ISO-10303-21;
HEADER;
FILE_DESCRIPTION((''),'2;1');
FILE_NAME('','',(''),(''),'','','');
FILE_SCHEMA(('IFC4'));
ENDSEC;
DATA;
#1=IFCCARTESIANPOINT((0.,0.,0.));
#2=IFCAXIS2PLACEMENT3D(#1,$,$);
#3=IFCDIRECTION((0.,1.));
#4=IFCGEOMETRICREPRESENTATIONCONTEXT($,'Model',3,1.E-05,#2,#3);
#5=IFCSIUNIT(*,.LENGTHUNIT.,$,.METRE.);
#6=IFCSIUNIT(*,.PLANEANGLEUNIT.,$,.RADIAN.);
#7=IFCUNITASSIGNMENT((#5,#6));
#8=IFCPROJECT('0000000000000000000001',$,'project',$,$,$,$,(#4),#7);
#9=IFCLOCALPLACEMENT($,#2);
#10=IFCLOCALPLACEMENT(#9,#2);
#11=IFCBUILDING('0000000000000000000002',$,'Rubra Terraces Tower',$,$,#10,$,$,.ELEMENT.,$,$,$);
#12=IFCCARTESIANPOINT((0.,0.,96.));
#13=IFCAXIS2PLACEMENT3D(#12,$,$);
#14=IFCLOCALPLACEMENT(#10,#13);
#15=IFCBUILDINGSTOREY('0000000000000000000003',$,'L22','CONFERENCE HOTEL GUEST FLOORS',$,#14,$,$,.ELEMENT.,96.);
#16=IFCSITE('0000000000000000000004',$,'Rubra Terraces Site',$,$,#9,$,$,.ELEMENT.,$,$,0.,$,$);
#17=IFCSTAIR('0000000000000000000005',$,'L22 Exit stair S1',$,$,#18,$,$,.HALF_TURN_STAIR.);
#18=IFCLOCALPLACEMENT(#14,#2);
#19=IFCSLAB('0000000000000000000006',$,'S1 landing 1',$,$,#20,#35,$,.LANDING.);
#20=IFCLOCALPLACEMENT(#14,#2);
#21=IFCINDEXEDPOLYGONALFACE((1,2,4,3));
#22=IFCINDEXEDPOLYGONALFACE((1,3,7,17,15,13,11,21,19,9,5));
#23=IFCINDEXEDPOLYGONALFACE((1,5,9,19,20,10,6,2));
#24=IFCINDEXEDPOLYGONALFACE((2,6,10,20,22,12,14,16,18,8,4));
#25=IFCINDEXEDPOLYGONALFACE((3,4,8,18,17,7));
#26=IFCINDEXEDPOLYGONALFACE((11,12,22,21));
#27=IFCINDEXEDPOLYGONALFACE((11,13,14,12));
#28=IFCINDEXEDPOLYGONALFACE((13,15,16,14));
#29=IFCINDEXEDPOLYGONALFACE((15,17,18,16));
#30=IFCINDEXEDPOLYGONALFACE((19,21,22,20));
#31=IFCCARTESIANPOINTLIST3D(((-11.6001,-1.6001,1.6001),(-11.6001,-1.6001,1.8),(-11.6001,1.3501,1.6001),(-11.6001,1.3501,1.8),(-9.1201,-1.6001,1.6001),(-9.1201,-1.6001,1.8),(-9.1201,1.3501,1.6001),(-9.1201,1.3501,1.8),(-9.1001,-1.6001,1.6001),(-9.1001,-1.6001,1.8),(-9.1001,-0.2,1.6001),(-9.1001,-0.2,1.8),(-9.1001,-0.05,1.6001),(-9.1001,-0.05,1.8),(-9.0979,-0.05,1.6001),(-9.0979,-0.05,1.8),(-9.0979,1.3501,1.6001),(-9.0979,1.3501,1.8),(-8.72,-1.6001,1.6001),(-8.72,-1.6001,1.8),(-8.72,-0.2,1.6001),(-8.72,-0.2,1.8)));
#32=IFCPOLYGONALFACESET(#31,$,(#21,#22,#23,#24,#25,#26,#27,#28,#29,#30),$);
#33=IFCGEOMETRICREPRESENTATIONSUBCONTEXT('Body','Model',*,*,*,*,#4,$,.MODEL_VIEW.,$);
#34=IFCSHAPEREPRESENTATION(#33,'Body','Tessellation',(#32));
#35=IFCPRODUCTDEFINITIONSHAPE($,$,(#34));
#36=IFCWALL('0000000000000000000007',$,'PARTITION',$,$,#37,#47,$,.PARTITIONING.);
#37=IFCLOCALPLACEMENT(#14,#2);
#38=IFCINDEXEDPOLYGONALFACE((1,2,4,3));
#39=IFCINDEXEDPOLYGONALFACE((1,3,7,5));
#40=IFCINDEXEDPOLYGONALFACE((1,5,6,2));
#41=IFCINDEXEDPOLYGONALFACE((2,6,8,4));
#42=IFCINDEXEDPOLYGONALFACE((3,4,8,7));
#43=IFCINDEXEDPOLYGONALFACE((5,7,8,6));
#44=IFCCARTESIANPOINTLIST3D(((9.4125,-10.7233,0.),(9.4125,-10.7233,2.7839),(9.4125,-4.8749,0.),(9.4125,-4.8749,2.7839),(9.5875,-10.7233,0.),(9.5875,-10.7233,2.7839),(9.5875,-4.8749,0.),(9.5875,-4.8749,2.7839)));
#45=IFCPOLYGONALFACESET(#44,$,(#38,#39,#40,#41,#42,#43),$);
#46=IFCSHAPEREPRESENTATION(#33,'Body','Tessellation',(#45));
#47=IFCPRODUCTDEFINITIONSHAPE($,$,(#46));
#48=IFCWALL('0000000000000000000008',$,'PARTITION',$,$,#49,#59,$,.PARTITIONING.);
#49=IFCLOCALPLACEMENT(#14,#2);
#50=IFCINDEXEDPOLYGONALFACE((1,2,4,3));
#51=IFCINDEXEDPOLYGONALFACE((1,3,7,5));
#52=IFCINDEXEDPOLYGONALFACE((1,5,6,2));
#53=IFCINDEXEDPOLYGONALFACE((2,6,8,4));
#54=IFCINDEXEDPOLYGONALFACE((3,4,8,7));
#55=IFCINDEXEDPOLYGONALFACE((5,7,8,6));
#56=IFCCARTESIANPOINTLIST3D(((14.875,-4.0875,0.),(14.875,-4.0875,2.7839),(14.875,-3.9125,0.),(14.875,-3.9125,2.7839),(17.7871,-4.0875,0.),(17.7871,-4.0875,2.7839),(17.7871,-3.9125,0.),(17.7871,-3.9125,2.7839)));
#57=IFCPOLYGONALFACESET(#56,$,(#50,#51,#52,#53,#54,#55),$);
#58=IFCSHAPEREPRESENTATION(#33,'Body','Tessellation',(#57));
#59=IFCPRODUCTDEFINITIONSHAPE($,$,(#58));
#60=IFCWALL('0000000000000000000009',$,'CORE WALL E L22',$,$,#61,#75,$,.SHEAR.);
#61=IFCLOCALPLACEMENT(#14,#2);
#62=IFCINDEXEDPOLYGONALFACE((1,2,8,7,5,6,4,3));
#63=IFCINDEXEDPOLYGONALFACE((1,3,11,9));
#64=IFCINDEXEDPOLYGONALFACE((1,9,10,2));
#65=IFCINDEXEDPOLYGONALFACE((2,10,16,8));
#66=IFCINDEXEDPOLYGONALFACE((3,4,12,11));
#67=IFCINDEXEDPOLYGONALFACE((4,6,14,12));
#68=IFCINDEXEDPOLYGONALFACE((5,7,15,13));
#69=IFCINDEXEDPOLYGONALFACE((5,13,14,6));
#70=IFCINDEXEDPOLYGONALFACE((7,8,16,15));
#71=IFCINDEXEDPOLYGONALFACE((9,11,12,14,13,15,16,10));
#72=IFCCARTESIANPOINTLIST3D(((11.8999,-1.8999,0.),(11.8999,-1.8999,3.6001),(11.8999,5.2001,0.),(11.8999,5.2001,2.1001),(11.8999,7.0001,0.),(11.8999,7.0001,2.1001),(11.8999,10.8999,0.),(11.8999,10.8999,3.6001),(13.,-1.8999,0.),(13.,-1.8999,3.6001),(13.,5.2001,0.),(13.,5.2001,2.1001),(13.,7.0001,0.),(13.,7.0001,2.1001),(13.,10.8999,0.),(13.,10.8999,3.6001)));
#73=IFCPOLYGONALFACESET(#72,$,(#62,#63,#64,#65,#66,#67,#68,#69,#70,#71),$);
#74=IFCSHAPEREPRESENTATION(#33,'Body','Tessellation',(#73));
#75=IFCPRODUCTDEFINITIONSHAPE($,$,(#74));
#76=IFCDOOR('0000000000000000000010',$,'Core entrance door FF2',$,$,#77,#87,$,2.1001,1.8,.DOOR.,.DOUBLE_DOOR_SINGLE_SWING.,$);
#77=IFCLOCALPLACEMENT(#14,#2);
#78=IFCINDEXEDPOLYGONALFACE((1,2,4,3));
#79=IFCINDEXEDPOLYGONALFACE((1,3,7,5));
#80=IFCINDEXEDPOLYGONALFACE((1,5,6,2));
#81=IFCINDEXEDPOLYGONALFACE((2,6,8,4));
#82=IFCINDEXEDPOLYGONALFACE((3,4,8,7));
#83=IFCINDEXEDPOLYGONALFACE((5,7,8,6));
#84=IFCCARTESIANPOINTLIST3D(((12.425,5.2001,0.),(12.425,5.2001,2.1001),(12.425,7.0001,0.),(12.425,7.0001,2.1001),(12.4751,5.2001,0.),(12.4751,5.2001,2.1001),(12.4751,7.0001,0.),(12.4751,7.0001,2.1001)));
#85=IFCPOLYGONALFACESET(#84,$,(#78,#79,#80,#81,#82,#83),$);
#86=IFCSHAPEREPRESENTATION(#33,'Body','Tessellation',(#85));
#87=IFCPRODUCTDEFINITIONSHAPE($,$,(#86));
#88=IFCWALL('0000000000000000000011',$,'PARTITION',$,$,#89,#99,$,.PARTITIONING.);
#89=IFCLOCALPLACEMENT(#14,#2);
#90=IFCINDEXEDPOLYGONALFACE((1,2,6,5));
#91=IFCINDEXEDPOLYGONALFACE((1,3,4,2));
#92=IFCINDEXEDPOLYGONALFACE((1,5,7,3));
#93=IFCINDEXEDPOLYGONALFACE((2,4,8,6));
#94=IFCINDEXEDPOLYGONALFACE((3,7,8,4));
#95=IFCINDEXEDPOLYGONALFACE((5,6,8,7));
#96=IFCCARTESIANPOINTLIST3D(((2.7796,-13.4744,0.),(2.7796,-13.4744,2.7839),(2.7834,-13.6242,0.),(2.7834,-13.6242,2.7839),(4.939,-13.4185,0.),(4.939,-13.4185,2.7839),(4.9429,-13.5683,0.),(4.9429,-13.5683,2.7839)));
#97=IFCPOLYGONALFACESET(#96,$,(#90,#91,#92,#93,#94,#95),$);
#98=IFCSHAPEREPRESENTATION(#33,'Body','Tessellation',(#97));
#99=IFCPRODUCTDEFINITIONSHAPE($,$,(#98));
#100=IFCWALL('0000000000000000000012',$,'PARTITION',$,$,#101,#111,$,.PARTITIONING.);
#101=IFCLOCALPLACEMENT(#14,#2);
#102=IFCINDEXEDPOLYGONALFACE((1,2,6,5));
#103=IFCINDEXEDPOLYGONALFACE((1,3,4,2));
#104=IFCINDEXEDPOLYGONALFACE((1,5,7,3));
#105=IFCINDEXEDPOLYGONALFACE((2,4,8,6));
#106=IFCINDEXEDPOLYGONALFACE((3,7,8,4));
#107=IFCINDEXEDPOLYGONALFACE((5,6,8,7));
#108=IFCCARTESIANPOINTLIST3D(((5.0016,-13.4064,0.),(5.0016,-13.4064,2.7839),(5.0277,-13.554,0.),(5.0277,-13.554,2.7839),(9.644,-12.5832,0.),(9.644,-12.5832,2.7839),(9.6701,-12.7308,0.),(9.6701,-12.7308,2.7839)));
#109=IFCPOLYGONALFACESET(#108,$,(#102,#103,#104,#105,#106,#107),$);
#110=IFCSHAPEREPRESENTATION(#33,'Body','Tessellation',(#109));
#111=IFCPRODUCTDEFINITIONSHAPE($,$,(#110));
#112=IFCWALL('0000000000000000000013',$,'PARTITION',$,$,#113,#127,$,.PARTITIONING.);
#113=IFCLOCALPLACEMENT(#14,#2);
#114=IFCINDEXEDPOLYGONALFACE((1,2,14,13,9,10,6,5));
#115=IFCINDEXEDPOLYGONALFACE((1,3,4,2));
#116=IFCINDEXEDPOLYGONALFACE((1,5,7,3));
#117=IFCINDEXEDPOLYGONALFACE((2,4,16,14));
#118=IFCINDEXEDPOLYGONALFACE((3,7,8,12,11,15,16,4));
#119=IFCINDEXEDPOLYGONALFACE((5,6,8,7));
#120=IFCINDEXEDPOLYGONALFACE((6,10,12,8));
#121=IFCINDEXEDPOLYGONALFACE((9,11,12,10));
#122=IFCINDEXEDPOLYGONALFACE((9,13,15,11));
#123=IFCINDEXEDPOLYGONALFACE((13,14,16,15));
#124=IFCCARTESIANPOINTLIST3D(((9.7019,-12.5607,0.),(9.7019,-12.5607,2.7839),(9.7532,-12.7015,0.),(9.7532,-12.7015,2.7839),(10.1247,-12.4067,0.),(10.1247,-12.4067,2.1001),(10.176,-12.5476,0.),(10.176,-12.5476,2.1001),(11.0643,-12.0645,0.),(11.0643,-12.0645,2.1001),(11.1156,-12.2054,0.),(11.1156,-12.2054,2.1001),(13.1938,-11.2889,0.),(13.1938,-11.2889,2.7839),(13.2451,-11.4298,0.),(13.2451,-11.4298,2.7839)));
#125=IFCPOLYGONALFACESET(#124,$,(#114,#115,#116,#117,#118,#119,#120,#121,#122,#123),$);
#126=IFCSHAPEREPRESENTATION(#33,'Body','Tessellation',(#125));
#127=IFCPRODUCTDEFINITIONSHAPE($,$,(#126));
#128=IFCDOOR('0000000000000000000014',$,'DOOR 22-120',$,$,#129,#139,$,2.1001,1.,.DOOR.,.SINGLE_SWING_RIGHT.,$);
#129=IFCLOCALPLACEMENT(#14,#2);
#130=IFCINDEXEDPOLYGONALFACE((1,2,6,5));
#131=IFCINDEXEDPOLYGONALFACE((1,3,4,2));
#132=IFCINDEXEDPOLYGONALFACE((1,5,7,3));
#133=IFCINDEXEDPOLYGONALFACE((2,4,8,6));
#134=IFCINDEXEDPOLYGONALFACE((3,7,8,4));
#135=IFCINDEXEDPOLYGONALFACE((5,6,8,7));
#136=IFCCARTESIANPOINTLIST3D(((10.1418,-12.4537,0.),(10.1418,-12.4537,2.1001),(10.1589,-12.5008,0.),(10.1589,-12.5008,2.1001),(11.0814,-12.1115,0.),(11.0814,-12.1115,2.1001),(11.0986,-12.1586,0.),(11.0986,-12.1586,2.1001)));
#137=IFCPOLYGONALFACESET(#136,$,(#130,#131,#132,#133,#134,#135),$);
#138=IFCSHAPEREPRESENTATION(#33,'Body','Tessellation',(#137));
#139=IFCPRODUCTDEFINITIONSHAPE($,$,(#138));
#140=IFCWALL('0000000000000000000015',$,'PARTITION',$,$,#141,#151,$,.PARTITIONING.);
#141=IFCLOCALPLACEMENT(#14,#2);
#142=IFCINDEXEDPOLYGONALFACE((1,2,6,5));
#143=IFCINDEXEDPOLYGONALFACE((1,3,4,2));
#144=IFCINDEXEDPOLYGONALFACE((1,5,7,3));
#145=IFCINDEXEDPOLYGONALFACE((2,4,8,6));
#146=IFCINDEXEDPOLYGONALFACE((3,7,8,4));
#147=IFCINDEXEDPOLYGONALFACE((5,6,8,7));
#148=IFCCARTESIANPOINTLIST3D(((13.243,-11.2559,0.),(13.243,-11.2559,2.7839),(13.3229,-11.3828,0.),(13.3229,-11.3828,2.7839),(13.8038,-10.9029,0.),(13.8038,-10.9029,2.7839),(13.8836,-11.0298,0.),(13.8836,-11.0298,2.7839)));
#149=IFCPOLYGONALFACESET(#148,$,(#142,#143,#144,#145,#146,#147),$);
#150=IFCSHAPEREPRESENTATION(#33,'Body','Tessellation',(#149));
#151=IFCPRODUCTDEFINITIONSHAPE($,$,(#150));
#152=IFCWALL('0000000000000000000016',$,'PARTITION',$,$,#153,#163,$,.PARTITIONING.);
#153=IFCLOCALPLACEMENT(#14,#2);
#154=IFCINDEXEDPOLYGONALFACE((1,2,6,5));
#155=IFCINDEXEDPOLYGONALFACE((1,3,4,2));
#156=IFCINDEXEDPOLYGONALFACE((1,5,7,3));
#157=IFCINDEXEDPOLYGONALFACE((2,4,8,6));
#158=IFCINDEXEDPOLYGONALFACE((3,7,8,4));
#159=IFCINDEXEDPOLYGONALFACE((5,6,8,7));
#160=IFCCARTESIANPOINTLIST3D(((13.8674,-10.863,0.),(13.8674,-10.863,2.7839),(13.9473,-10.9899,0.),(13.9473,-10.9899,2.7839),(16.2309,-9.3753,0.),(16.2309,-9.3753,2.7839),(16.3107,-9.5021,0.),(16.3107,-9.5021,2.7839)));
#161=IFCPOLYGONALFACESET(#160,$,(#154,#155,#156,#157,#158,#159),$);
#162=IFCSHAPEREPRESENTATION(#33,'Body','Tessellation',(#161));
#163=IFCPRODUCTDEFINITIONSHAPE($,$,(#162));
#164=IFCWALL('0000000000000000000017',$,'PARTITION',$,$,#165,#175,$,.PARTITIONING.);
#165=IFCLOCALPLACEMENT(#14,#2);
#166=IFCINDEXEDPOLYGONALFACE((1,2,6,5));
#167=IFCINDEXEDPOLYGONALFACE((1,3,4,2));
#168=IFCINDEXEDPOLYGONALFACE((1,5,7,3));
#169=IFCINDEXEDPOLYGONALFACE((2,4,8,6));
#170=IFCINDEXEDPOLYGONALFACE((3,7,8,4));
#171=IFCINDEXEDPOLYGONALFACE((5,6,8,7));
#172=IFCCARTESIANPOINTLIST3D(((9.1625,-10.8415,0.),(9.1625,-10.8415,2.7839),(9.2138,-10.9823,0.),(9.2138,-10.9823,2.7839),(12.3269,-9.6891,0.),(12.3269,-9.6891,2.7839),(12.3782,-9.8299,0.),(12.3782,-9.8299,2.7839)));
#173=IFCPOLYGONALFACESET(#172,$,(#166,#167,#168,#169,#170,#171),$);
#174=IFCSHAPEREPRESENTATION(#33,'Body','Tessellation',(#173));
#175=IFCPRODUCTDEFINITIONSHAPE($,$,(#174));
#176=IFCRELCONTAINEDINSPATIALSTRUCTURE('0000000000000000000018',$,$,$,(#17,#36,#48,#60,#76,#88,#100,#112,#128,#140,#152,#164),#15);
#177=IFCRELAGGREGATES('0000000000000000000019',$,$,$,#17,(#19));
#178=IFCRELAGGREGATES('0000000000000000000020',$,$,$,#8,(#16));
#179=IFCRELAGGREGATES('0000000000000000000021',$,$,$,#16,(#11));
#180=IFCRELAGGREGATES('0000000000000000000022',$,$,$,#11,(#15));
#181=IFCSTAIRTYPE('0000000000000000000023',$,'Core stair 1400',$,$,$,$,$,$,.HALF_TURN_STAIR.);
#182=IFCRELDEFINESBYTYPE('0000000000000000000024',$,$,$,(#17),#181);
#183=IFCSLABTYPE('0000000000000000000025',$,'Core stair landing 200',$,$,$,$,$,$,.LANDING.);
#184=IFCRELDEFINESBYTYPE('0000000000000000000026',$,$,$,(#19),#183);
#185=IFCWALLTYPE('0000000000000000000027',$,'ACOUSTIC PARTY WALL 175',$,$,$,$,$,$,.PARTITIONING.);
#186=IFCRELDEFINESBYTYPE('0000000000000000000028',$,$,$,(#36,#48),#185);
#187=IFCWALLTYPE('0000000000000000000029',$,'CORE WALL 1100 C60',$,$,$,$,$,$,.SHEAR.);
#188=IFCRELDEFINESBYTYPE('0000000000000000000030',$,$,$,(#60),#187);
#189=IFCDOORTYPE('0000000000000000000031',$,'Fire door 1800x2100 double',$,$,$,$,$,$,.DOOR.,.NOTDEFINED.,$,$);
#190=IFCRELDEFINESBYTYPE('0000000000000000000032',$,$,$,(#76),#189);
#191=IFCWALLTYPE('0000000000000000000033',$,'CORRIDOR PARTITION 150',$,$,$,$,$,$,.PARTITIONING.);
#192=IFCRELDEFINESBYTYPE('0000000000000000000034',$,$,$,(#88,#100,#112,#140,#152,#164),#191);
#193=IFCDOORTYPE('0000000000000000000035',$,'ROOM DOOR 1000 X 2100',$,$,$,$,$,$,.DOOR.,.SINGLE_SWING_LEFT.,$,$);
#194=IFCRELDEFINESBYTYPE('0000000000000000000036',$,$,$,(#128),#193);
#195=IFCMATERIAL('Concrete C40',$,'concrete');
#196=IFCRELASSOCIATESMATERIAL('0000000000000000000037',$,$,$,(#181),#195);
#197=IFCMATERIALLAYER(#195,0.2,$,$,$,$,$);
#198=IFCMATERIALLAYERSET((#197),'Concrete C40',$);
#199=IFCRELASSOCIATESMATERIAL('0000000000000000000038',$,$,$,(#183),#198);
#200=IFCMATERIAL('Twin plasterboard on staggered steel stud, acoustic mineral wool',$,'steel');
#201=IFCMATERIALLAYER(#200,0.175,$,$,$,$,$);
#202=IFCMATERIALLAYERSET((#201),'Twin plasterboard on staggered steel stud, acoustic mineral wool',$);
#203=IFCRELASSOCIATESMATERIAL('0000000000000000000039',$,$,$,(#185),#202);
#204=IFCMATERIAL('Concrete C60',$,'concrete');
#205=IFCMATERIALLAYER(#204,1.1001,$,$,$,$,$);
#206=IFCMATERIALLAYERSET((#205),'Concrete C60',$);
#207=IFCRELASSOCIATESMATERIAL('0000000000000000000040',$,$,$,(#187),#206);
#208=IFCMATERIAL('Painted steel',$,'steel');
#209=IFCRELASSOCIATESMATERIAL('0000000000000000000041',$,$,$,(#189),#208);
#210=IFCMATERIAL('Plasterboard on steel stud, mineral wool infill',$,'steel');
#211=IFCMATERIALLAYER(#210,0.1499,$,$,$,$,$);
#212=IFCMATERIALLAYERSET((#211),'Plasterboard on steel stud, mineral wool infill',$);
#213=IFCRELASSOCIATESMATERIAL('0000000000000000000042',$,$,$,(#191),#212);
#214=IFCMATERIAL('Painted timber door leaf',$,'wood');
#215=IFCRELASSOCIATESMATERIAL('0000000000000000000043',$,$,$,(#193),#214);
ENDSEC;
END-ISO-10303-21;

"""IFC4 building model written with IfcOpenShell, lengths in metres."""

from ifc_helpers import new_model, si_unit, direction, frame, frame_2d, origin, place, context, subcontext, project, spatial, polyline, rectangle, outline, extrude, material, layer, layer_set, type_object, element, fill, aggregate, save


model = new_model("IFC4")

# Units and contexts
model_context = context("Model", 3, precision=1e-05, world=origin(), true_north=direction((0.0, 1.0)))
body_context = subcontext(model_context, "Body", "Model", "MODEL_VIEW")
ifc_project = project(units=[si_unit("LENGTHUNIT", "METRE"), si_unit("PLANEANGLEUNIT", "RADIAN")], contexts=[model_context])

# Site, building, storey
site_placement = place(None, origin())
site = spatial("IfcSite", under=ifc_project, at=site_placement, Name="Rubra Terraces Site", CompositionType="ELEMENT", RefElevation=0.0)
building_placement = place(site_placement, origin())
building = spatial("IfcBuilding", under=site, at=building_placement, Name="Rubra Terraces Tower", CompositionType="ELEMENT")
storey_placement = place(building_placement, frame((0.0, 0.0, 96.0)))
storey = spatial("IfcBuildingStorey", under=building, at=storey_placement, Name="L22", Description="CONFERENCE HOTEL GUEST FLOORS", CompositionType="ELEMENT", Elevation=96.0)

# Stair, slab
ifc_material_1 = material(Name="Concrete C40", Category="concrete")
stair_type = type_object("IfcStairType", Name="Core stair 1400", PredefinedType="HALF_TURN_STAIR", material=ifc_material_1)
stair_1_placement = place(storey_placement, origin())
stair_1 = element("IfcStair", 1, at=stair_1_placement, inside=storey, type_object=stair_type, Name="L22 Exit stair S1", PredefinedType="HALF_TURN_STAIR")
ifc_layer_1 = layer(ifc_material_1, 0.2)
ifc_layer_set_1 = layer_set([ifc_layer_1], Name="Concrete C40")
slab_type = type_object("IfcSlabType", Name="Core stair landing 200", PredefinedType="LANDING", material=ifc_layer_set_1)
slab_placement = place(storey_placement, frame((0.0, 0.0, 1.6001)))
slab = element("IfcSlab", 2, at=slab_placement, type_object=slab_type, Name="S1 landing 1", PredefinedType="LANDING", context=body_context, shape_type="SweptSolid", body=[
    extrude(outline(polyline([(-8.72, -0.2), (-8.72, -1.6001), (-9.1001, -1.6001), (-9.1201, -1.6001), (-11.6001, -1.6001), (-11.6001, 1.3501), (-9.1201, 1.3501), (-9.0979, 1.3501), (-9.0979, -0.05), (-9.1001, -0.05), (-9.1001, -0.2), (-8.72, -0.2)])), origin(), (0.0, 0.0, 1.0), 0.2),
])
aggregate(stair_1, [slab])

# Walls
ifc_material_2 = material(Name="Twin plasterboard on staggered steel stud, acoustic mineral wool", Category="steel")
ifc_layer_2 = layer(ifc_material_2, 0.175)
ifc_layer_set_2 = layer_set([ifc_layer_2], Name="Twin plasterboard on staggered steel stud, acoustic mineral wool")
wall_type_1 = type_object("IfcWallType", Name="ACOUSTIC PARTY WALL 175", PredefinedType="PARTITIONING", material=ifc_layer_set_2)
wall_1_placement = place(storey_placement, frame((9.5, -10.7234, 0.0), z_axis=(0.0, 0.0, 1.0), x_axis=(0.0, 1.0, 0.0)))
element("IfcWall", 3, at=wall_1_placement, inside=storey, type_object=wall_type_1, Name="PARTITION", PredefinedType="PARTITIONING", context=body_context, shape_type="SweptSolid", body=[
    extrude(rectangle(XDim=5.8484, YDim=0.175, at=frame_2d((2.9243, 0.0))), origin(), (0.0, 0.0, 1.0), 2.7839),
])
wall_2_placement = place(storey_placement, frame((14.875, -4.0, 0.0), z_axis=(0.0, 0.0, 1.0), x_axis=(1.0, 0.0, 0.0)))
element("IfcWall", 4, at=wall_2_placement, inside=storey, type_object=wall_type_1, Name="PARTITION", PredefinedType="PARTITIONING", context=body_context, shape_type="SweptSolid", body=[
    extrude(rectangle(XDim=2.9121, YDim=0.175, at=frame_2d((1.4561, 0.0))), origin(), (0.0, 0.0, 1.0), 2.7839),
])

# Wall, opening, door
ifc_material_3 = material(Name="Concrete C60", Category="concrete")
ifc_layer_3 = layer(ifc_material_3, 1.1001)
ifc_layer_set_3 = layer_set([ifc_layer_3], Name="Concrete C60")
wall_type_2 = type_object("IfcWallType", Name="CORE WALL 1100 C60", PredefinedType="SHEAR", material=ifc_layer_set_3)
wall_3_placement = place(storey_placement, frame((12.45, -1.8999, 0.0), z_axis=(0.0, 0.0, 1.0), x_axis=(0.0, 1.0, 0.0)))
wall_3 = element("IfcWall", 5, at=wall_3_placement, inside=storey, type_object=wall_type_2, Name="CORE WALL E L22", PredefinedType="SHEAR", context=body_context, shape_type="SweptSolid", body=[
    extrude(rectangle(XDim=12.7998, YDim=1.1001, at=frame_2d((6.3999, 0.0))), origin(), (0.0, 0.0, 1.0), 3.6001),
])
opening_1_placement = place(wall_3_placement, frame((7.1001, 0.0, 0.0)))
opening_1 = element("IfcOpeningElement", 6, at=opening_1_placement, cuts=wall_3, PredefinedType="OPENING", context=body_context, shape_type="SweptSolid", body=[
    extrude(rectangle(XDim=1.8, YDim=2.1001, at=frame_2d((0.8999, 1.05))), frame((0.0, 0.5601, 0.0), z_axis=(0.0, -1.0, 0.0), x_axis=(1.0, 0.0, 0.0)), (0.0, 0.0, 1.0), 1.1201),
])
ifc_material_4 = material(Name="Painted steel", Category="steel")
door_type_1 = type_object("IfcDoorType", Name="Fire door 1800x2100 double", OperationType="NOTDEFINED", PredefinedType="DOOR", material=ifc_material_4)
door_1_placement = place(opening_1_placement, origin())
door_1 = element("IfcDoor", 7, at=door_1_placement, inside=storey, type_object=door_type_1, Name="Core entrance door FF2", OperationType="DOUBLE_DOOR_SINGLE_SWING", OverallHeight=2.1001, OverallWidth=1.8, PredefinedType="DOOR", context=body_context, shape_type="SweptSolid", body=[
    extrude(rectangle(XDim=1.8, YDim=2.1001, at=frame_2d((0.8999, 1.05))), frame((0.0, 0.0249, 0.0), z_axis=(0.0, -1.0, 0.0), x_axis=(1.0, 0.0, 0.0)), (0.0, 0.0, 1.0), 0.05),
])
fill(opening_1, door_1)

# Walls
ifc_material_5 = material(Name="Plasterboard on steel stud, mineral wool infill", Category="steel")
ifc_layer_4 = layer(ifc_material_5, 0.1499)
ifc_layer_set_4 = layer_set([ifc_layer_4], Name="Plasterboard on steel stud, mineral wool infill")
wall_type_3 = type_object("IfcWallType", Name="CORRIDOR PARTITION 150", PredefinedType="PARTITIONING", material=ifc_layer_set_4)
wall_4_placement = place(storey_placement, frame((2.7815, -13.5493, 0.0), z_axis=(0.0, 0.0, 1.0), x_axis=(0.999665, 0.025882, 0.0)))
element("IfcWall", 8, at=wall_4_placement, inside=storey, type_object=wall_type_3, Name="PARTITION", PredefinedType="PARTITIONING", context=body_context, shape_type="SweptSolid", body=[
    extrude(rectangle(XDim=2.1602, YDim=0.1499, at=frame_2d((1.0801, 0.0))), origin(), (0.0, 0.0, 1.0), 2.7839),
])
wall_5_placement = place(storey_placement, frame((5.0146, -13.4802, 0.0), z_axis=(0.0, 0.0, 1.0), x_axis=(0.984638, 0.174609, 0.0)))
element("IfcWall", 9, at=wall_5_placement, inside=storey, type_object=wall_type_3, Name="PARTITION", PredefinedType="PARTITIONING", context=body_context, shape_type="SweptSolid", body=[
    extrude(rectangle(XDim=4.7148, YDim=0.1499, at=frame_2d((2.3574, 0.0))), origin(), (0.0, 0.0, 1.0), 2.7839),
])

# Wall, opening, door
wall_6_placement = place(storey_placement, frame((9.7275, -12.6311, 0.0), z_axis=(0.0, 0.0, 1.0), x_axis=(0.939626, 0.342202, 0.0)))
wall_6 = element("IfcWall", 10, at=wall_6_placement, inside=storey, type_object=wall_type_3, Name="PARTITION", PredefinedType="PARTITIONING", context=body_context, shape_type="SweptSolid", body=[
    extrude(rectangle(XDim=3.7163, YDim=0.1499, at=frame_2d((1.8582, 0.0))), origin(), (0.0, 0.0, 1.0), 2.7839),
])
opening_2_placement = place(wall_6_placement, frame((0.45, 0.0, 0.0)))
opening_2 = element("IfcOpeningElement", 11, at=opening_2_placement, cuts=wall_6, PredefinedType="OPENING", context=body_context, shape_type="SweptSolid", body=[
    extrude(rectangle(XDim=1.0, YDim=2.1001, at=frame_2d((0.5, 1.05))), frame((0.0, 0.085, 0.0), z_axis=(0.0, -1.0, 0.0), x_axis=(1.0, 0.0, 0.0)), (0.0, 0.0, 1.0), 0.1699),
])
ifc_material_6 = material(Name="Painted timber door leaf", Category="wood")
door_type_2 = type_object("IfcDoorType", Name="ROOM DOOR 1000 X 2100", OperationType="SINGLE_SWING_LEFT", PredefinedType="DOOR", material=ifc_material_6)
door_2_placement = place(opening_2_placement, origin())
door_2 = element("IfcDoor", 12, at=door_2_placement, inside=storey, type_object=door_type_2, Name="DOOR 22-120", OperationType="SINGLE_SWING_RIGHT", OverallHeight=2.1001, OverallWidth=1.0, PredefinedType="DOOR", context=body_context, shape_type="SweptSolid", body=[
    extrude(rectangle(XDim=1.0, YDim=2.1001, at=frame_2d((0.5, 1.05))), frame((0.0, 0.0249, 0.0), z_axis=(0.0, -1.0, 0.0), x_axis=(1.0, 0.0, 0.0)), (0.0, 0.0, 1.0), 0.05),
])
fill(opening_2, door_2)

# Walls
wall_7_placement = place(storey_placement, frame((13.283, -11.3193, 0.0), z_axis=(0.0, 0.0, 1.0), x_axis=(0.846276, 0.532745, 0.0)))
element("IfcWall", 13, at=wall_7_placement, inside=storey, type_object=wall_type_3, Name="PARTITION", PredefinedType="PARTITIONING", context=body_context, shape_type="SweptSolid", body=[
    extrude(rectangle(XDim=0.6626, YDim=0.1499, at=frame_2d((0.3313, 0.0))), origin(), (0.0, 0.0, 1.0), 2.7839),
])
wall_8_placement = place(storey_placement, frame((13.9072, -10.9265, 0.0), z_axis=(0.0, 0.0, 1.0), x_axis=(0.84629, 0.532723, 0.0)))
element("IfcWall", 14, at=wall_8_placement, inside=storey, type_object=wall_type_3, Name="PARTITION", PredefinedType="PARTITIONING", context=body_context, shape_type="SweptSolid", body=[
    extrude(rectangle(XDim=2.7927, YDim=0.1499, at=frame_2d((1.3965, 0.0))), origin(), (0.0, 0.0, 1.0), 2.7839),
])
wall_9_placement = place(storey_placement, frame((12.3525, -9.7595, 0.0), z_axis=(0.0, 0.0, 1.0), x_axis=(-0.939632, -0.342185, 0.0)))
element("IfcWall", 15, at=wall_9_placement, inside=storey, type_object=wall_type_3, Name="PARTITION", PredefinedType="PARTITIONING", context=body_context, shape_type="SweptSolid", body=[
    extrude(rectangle(XDim=3.3677, YDim=0.1499, at=frame_2d((1.6838, 0.0))), origin(), (0.0, 0.0, 1.0), 2.7839),
])

save(model, "model.ifc")
